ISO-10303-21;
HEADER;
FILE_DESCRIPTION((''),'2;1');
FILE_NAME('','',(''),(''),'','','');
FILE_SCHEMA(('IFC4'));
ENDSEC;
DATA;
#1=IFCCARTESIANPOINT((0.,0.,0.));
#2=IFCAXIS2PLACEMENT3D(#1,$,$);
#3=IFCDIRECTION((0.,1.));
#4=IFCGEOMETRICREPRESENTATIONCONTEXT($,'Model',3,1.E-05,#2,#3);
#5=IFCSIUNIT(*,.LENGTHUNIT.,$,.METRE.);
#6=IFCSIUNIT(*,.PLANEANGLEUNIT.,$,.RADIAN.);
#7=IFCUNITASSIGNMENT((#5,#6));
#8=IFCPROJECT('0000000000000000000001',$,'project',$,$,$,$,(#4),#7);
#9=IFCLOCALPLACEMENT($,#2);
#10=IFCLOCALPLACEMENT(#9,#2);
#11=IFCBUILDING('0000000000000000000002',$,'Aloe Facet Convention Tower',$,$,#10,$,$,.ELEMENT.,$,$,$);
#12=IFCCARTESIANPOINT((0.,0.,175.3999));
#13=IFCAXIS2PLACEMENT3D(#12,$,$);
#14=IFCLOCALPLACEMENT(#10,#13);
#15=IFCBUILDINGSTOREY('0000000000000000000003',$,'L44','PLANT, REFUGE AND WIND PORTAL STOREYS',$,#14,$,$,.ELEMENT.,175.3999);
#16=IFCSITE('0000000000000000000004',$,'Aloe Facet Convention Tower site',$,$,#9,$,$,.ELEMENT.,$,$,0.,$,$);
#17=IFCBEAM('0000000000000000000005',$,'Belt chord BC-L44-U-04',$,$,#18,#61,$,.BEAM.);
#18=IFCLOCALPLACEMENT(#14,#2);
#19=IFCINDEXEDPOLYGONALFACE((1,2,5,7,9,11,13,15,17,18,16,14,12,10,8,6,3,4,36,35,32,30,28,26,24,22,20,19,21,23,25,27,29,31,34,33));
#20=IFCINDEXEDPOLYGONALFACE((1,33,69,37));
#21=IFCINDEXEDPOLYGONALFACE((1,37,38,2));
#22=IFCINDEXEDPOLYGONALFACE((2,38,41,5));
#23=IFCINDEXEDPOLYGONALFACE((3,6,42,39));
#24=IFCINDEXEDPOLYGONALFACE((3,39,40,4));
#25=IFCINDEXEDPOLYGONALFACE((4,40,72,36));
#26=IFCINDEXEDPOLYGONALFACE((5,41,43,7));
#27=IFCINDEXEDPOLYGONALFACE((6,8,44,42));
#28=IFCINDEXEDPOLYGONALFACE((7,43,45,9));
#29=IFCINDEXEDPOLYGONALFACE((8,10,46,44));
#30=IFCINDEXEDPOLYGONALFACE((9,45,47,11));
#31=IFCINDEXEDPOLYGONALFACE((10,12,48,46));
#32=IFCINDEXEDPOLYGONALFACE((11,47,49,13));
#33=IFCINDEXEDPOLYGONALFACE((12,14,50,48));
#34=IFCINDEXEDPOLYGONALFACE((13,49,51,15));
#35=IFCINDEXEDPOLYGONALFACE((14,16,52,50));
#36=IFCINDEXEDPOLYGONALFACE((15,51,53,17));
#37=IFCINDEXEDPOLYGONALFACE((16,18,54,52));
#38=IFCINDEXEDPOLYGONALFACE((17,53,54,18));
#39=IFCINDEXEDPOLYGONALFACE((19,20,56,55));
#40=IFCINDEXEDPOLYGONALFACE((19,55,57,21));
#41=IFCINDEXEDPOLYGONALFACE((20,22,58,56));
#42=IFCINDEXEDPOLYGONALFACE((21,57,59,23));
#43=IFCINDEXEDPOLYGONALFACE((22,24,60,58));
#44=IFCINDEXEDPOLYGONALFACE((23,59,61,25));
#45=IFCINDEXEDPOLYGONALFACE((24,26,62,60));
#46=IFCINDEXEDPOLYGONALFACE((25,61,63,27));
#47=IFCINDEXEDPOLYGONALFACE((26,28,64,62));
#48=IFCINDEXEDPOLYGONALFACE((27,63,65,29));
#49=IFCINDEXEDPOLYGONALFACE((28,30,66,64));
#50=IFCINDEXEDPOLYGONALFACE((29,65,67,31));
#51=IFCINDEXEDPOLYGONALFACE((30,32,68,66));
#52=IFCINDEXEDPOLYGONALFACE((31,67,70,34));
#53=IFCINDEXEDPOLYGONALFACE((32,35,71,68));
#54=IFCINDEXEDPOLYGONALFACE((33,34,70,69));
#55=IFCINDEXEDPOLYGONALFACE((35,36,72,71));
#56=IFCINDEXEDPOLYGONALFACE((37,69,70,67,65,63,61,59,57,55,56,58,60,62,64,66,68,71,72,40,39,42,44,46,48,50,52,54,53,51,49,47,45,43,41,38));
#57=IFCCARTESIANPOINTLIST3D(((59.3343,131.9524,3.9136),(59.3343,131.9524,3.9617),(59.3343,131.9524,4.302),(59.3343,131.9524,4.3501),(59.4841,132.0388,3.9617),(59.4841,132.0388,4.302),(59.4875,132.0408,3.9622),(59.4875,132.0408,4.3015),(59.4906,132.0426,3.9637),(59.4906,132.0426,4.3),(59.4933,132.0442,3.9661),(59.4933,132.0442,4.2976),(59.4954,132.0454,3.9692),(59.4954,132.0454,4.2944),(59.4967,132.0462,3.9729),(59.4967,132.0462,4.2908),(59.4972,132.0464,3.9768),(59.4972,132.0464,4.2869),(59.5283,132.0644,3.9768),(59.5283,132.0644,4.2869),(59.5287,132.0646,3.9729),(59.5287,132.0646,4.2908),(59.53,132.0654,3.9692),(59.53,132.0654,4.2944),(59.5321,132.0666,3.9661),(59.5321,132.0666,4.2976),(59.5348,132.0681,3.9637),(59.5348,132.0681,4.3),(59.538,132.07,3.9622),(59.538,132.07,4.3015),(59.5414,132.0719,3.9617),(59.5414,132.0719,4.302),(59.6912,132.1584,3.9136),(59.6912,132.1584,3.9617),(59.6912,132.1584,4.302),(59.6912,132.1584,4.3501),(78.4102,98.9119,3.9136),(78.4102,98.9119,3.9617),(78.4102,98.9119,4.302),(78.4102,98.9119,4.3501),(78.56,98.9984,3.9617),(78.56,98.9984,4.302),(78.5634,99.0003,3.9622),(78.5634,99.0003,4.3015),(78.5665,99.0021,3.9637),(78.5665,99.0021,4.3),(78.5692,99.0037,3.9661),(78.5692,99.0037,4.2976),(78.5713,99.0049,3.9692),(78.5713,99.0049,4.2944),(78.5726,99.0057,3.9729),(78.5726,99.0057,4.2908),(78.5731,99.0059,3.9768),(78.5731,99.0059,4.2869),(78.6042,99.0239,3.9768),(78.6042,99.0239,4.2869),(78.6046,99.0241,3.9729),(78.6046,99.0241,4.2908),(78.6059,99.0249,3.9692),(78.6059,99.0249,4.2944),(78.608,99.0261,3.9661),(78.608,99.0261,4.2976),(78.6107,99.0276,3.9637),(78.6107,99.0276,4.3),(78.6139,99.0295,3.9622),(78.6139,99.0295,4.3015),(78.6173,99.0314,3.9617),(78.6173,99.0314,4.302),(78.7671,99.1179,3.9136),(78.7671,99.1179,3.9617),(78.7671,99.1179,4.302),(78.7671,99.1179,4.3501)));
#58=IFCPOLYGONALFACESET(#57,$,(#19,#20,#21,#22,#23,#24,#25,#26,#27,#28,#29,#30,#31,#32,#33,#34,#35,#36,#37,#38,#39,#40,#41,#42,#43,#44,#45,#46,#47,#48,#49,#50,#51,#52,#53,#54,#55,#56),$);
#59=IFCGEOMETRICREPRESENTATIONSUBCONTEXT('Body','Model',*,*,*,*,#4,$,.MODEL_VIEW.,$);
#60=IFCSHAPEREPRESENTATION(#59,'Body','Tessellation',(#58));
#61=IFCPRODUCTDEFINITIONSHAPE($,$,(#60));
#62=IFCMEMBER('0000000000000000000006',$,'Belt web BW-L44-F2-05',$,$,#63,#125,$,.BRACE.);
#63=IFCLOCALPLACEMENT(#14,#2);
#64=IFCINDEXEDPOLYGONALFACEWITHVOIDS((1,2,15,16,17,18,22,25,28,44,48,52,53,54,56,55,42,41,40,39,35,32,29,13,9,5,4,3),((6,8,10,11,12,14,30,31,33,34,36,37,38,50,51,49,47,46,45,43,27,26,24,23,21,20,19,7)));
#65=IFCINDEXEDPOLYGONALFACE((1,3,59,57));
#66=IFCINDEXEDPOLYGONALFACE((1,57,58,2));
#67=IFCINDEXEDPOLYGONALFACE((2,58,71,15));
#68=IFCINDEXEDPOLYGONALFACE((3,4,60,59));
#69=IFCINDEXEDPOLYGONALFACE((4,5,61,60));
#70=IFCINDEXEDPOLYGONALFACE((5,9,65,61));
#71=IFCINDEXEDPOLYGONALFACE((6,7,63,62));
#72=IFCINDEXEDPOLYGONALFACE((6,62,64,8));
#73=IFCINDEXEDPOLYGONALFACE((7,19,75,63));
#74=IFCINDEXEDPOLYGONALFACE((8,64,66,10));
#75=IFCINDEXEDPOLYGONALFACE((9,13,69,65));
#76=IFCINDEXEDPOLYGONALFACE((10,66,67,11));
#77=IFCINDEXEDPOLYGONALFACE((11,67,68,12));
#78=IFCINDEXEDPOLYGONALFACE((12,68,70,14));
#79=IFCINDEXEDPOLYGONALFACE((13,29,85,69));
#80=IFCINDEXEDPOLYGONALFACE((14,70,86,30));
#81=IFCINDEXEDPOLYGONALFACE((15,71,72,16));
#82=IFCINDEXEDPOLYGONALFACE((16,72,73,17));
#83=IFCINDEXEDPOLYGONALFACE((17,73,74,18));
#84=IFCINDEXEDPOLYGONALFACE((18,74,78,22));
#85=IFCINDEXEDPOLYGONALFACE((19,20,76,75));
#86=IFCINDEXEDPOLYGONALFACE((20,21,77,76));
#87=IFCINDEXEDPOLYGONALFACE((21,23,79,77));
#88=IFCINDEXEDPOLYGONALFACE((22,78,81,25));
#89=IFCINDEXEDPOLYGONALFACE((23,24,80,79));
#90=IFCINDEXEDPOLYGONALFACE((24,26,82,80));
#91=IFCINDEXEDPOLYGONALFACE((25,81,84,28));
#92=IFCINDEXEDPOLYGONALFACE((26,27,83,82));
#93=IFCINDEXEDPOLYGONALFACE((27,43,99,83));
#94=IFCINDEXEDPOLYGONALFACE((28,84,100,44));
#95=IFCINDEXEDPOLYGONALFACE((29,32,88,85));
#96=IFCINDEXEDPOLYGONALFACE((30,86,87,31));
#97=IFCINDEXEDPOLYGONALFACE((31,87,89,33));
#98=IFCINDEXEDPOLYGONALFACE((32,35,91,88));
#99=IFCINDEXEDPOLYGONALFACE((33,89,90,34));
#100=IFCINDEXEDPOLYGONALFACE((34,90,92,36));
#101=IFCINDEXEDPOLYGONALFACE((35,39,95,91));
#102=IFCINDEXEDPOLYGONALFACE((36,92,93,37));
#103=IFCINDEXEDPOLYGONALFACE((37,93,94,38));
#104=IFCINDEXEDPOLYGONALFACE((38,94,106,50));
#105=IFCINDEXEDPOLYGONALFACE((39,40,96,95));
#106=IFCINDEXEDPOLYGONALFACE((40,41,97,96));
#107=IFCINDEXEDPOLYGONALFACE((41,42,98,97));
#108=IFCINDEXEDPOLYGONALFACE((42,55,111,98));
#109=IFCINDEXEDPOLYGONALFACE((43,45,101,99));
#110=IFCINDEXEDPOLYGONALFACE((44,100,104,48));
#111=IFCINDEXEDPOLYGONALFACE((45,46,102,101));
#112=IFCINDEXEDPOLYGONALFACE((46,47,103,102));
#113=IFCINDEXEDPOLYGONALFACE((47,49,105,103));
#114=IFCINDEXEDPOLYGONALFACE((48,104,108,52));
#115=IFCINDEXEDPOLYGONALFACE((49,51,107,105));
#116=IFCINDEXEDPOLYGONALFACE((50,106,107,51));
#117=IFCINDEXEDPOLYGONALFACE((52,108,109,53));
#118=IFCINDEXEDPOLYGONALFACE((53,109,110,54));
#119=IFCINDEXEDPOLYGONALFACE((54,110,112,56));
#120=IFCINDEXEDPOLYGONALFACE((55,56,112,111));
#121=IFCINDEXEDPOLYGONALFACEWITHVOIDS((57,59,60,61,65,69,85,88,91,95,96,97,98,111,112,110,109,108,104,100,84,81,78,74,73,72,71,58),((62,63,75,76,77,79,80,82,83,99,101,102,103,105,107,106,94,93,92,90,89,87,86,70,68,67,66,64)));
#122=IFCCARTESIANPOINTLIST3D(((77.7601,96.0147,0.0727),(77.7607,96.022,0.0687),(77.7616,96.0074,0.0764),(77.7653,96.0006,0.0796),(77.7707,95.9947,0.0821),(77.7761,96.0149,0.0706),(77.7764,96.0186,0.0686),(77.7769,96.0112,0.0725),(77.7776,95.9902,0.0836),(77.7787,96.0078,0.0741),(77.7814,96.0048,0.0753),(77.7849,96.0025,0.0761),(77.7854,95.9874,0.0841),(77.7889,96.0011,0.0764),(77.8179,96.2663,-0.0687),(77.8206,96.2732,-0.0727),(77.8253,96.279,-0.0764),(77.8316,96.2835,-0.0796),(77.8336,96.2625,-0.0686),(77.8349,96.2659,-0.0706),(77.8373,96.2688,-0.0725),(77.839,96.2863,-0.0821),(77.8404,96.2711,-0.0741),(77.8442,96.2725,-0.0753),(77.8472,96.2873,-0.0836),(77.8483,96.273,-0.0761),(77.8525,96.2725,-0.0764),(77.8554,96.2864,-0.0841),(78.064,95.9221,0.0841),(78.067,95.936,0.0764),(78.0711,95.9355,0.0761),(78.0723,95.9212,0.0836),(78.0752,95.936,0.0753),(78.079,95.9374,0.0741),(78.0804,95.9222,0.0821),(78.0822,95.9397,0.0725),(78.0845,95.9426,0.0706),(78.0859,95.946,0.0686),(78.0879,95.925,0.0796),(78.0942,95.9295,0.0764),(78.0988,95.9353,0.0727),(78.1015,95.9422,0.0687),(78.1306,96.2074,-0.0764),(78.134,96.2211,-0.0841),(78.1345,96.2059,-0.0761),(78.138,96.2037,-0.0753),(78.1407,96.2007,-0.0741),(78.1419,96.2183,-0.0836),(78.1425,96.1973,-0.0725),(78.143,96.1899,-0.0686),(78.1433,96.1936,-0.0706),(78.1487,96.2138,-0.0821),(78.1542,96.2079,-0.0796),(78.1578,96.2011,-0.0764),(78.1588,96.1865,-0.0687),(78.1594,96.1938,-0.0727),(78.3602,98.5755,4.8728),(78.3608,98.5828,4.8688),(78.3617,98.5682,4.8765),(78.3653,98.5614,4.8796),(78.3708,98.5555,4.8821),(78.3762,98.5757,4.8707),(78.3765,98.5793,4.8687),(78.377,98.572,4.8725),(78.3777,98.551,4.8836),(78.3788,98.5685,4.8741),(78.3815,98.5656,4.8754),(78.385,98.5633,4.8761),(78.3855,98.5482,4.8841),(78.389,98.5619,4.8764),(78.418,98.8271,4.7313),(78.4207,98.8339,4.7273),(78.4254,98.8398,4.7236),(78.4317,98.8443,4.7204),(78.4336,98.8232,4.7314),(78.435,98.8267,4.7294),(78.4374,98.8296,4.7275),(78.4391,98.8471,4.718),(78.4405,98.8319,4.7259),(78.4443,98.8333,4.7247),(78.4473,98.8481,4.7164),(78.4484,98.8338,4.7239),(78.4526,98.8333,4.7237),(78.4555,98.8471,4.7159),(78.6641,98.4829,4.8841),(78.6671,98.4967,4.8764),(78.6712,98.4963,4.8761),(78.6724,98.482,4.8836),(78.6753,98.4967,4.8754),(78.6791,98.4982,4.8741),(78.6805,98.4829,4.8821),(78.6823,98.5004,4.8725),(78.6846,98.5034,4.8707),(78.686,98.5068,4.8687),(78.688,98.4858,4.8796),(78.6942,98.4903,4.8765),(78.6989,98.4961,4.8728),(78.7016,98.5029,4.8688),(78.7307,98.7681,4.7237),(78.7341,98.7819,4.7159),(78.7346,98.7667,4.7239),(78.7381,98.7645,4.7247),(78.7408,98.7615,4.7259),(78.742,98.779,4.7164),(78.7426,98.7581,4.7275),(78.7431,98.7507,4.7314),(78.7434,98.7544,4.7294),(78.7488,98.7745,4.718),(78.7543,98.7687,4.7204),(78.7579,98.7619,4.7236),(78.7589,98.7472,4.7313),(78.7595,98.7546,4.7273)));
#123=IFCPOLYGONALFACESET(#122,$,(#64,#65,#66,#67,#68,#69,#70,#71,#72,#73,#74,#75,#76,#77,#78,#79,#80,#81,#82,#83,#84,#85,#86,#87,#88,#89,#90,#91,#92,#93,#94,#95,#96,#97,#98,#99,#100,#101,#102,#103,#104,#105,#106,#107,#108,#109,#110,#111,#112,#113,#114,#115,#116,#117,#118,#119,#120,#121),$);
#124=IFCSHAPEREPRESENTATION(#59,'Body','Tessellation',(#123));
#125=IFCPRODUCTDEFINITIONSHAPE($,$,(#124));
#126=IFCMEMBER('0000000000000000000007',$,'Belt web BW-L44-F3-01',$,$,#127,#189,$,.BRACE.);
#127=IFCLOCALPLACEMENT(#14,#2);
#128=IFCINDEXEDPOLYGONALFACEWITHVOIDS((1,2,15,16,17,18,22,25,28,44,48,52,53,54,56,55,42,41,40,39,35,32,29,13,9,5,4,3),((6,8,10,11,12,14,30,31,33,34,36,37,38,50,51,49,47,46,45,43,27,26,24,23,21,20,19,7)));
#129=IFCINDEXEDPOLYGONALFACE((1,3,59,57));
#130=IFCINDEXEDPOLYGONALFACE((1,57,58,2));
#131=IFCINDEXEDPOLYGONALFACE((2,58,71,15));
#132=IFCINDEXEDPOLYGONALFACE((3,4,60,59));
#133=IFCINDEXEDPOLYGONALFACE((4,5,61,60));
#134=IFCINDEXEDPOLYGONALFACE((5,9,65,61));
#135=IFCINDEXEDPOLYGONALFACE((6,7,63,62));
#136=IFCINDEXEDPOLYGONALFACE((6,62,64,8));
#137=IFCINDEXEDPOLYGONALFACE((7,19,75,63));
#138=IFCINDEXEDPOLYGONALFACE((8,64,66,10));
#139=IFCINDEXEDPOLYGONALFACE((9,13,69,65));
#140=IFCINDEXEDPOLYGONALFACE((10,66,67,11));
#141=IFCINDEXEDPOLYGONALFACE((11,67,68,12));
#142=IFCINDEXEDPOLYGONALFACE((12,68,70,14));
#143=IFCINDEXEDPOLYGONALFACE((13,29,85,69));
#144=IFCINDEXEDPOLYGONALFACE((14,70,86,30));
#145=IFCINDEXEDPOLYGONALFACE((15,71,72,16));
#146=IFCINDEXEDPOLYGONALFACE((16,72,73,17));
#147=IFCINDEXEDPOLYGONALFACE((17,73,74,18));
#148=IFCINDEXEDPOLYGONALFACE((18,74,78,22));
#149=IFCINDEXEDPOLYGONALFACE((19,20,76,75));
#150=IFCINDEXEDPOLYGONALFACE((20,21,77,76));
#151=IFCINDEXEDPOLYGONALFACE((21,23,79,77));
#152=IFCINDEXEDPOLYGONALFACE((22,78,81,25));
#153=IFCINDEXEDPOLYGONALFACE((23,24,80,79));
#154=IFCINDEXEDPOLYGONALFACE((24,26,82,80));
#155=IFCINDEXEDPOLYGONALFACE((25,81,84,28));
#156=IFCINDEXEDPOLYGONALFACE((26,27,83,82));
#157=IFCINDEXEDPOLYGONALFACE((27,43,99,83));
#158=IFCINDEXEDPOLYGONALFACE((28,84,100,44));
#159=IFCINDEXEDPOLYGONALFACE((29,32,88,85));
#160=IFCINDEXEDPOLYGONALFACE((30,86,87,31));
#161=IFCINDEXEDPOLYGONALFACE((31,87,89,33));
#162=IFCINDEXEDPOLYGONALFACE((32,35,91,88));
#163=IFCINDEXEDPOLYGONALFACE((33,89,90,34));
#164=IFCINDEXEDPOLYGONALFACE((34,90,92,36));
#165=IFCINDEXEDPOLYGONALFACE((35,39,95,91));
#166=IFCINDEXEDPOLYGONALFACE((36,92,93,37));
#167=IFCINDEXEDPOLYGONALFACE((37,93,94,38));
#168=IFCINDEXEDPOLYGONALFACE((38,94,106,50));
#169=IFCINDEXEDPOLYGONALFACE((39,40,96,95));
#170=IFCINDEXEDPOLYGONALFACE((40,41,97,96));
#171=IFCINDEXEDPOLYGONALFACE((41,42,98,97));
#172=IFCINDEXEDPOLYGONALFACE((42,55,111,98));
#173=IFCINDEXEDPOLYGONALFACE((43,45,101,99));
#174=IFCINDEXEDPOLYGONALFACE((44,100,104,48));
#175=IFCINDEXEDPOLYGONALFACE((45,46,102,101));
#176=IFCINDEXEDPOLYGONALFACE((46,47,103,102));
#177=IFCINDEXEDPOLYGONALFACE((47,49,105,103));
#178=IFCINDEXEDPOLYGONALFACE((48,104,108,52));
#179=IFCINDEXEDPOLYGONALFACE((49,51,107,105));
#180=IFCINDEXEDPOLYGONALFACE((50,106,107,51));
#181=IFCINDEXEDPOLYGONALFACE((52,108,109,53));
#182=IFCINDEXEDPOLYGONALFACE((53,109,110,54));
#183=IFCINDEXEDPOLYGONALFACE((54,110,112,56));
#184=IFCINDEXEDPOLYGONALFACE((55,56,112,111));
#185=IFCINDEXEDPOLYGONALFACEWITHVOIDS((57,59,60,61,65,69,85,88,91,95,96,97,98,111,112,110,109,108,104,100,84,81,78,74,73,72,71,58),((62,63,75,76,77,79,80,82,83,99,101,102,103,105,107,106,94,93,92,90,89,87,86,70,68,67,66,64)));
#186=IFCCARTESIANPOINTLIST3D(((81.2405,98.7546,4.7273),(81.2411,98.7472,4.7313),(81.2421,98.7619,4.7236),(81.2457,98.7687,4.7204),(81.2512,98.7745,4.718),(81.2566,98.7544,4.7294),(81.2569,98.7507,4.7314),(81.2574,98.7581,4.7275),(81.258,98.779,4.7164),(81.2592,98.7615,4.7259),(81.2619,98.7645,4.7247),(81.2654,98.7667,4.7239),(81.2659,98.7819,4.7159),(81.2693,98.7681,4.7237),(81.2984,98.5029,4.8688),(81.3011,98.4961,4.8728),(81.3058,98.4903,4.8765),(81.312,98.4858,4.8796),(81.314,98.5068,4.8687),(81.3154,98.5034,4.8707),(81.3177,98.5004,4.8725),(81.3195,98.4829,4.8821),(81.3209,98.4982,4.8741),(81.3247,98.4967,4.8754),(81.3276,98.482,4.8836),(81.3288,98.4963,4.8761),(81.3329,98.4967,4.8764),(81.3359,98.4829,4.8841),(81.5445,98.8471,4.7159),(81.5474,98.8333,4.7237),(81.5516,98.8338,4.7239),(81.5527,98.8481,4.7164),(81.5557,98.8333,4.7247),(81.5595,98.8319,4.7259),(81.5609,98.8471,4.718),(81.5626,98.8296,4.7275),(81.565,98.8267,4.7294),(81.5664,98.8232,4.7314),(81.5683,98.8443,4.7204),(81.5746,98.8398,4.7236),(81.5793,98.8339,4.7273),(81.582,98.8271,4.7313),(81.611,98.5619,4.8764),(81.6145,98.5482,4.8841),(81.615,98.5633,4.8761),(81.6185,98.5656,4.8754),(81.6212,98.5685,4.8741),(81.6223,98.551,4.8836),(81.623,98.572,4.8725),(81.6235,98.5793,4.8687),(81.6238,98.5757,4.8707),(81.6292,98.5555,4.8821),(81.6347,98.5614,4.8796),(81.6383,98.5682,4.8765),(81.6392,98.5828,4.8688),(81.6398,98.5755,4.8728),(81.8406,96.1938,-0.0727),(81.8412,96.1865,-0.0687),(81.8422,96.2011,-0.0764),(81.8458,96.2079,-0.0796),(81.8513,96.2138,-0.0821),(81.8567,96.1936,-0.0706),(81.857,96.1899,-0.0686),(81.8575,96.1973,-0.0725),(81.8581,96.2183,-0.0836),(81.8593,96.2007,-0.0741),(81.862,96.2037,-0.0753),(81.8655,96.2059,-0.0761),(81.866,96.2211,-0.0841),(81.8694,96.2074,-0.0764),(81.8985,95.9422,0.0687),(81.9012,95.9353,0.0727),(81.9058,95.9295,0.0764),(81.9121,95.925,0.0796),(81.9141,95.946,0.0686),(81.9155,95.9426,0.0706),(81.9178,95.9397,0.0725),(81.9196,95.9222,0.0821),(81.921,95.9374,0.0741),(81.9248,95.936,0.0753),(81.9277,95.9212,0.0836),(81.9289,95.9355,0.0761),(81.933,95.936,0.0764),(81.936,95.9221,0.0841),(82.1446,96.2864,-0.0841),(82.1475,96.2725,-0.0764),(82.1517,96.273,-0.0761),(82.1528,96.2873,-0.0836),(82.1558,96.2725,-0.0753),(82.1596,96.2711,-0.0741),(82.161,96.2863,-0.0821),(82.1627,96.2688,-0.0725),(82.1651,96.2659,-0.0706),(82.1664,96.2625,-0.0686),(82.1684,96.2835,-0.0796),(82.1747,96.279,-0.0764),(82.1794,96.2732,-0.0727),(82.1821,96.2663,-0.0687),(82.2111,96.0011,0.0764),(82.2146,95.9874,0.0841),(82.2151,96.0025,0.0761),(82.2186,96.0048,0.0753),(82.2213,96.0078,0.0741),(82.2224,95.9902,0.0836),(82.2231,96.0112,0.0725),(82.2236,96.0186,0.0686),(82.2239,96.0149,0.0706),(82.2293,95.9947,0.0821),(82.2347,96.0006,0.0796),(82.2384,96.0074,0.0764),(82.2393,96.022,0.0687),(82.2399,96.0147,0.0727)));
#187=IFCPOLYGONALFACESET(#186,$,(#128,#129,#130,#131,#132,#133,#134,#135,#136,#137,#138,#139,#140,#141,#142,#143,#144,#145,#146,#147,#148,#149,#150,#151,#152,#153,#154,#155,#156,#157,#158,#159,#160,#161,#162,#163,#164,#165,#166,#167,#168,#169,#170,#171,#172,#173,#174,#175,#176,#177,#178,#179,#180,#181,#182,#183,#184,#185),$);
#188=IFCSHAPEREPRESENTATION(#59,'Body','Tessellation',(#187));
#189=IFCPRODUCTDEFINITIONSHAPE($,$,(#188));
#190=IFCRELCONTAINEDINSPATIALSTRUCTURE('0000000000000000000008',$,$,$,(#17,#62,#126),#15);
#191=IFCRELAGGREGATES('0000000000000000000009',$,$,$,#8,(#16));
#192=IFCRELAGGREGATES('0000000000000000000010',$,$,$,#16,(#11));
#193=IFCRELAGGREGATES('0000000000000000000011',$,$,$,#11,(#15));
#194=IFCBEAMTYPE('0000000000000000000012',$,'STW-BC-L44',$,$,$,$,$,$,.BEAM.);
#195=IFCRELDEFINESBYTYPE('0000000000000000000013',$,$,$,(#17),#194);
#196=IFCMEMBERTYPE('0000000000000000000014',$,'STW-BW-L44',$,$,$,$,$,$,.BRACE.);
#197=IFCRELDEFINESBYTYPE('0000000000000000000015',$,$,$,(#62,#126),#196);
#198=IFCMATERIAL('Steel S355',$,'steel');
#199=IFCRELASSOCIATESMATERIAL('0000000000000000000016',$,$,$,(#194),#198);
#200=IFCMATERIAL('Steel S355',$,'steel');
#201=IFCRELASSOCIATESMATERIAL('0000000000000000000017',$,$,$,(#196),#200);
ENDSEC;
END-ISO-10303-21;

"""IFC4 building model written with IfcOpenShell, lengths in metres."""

from ifc_helpers import new_model, si_unit, direction, frame, origin, origin_2d, place, context, subcontext, project, spatial, hollow_rectangle, i_section, extrude, material, material_profile, profile_set, type_object, element, save


model = new_model("IFC4")

# Units and contexts
model_context = context("Model", 3, precision=1e-05, world=origin(), true_north=direction((0.0, 1.0)))
body_context = subcontext(model_context, "Body", "Model", "MODEL_VIEW")
ifc_project = project(units=[si_unit("LENGTHUNIT", "METRE"), si_unit("PLANEANGLEUNIT", "RADIAN")], contexts=[model_context])

# Site, building, storey
site_placement = place(None, origin())
site = spatial("IfcSite", under=ifc_project, at=site_placement, Name="Aloe Facet Convention Tower site", CompositionType="ELEMENT", RefElevation=0.0)
building_placement = place(site_placement, origin())
building = spatial("IfcBuilding", under=site, at=building_placement, Name="Aloe Facet Convention Tower", CompositionType="ELEMENT")
storey_placement = place(building_placement, frame((0.0, 0.0, 175.3999)))
storey = spatial("IfcBuildingStorey", under=building, at=storey_placement, Name="L44", Description="PLANT, REFUGE AND WIND PORTAL STOREYS", CompositionType="ELEMENT", Elevation=175.3999)

# Beam
ifc_material_1 = material(Name="Steel S355", Category="steel")
ifc_material_profile_1 = material_profile(ifc_material_1, i_section(OverallWidth=0.4121, OverallDepth=0.4365, WebThickness=0.0359, FlangeThickness=0.0481, FilletRadius=0.0151, at=origin_2d()), Name="UC 356x406x467")
ifc_profile_set_1 = profile_set([ifc_material_profile_1], Name="Steel S355")
beam_type_1 = type_object("IfcBeamType", Name="STW-BC-L44", PredefinedType="BEAM", material=ifc_profile_set_1)
beam_1_placement = place(storey_placement, frame((78.5886, 99.0149, 4.1318), z_axis=(-0.499999, 0.866026, 0.0), x_axis=(-0.866026, -0.499999, 0.0)))
element("IfcBeam", 1, at=beam_1_placement, inside=storey, type_object=beam_type_1, Name="Belt chord BC-L44-U-04", PredefinedType="BEAM", context=body_context, shape_type="SweptSolid", body=[
    extrude(i_section(OverallWidth=0.4121, OverallDepth=0.4365, WebThickness=0.0359, FlangeThickness=0.0481, FilletRadius=0.0151, at=origin_2d()), origin(), (0.0, 0.0, 1.0), 38.1519),
])

# Members
ifc_material_2 = material(Name="Steel S355", Category="steel")
ifc_material_profile_2 = material_profile(ifc_material_2, hollow_rectangle(XDim=0.3501, YDim=0.3501, WallThickness=0.0161, InnerFilletRadius=0.0161, OuterFilletRadius=0.032, at=origin_2d()), Name="SHS 350x350x16")
ifc_profile_set_2 = profile_set([ifc_material_profile_2], Name="Steel S355")
member_type_1 = type_object("IfcMemberType", Name="STW-BW-L44", PredefinedType="BRACE", material=ifc_profile_set_2)
for number, where, z_axis, x_axis, name in (
    (2, (77.9597, 96.1042, 0.0), (0.109639, 0.46786, 0.876976), (-0.973624, 0.22816, 0.0), "Belt web BW-L44-F2-05"),
    (3, (82.0403, 96.1042, 0.0), (-0.109639, 0.46786, 0.876976), (-0.973624, -0.22816, 0.0), "Belt web BW-L44-F3-01"),
):
    element("IfcMember", number, at=place(storey_placement, frame(where, z_axis=z_axis, x_axis=x_axis)), inside=storey, type_object=member_type_1, Name=name, PredefinedType="BRACE", context=body_context, shape_type="SweptSolid", body=[
        extrude(hollow_rectangle(XDim=0.3501, YDim=0.3501, WallThickness=0.0161, InnerFilletRadius=0.0161, OuterFilletRadius=0.032, at=origin_2d()), origin(), (0.0, 0.0, 1.0), 5.4734),
    ])

save(model, "model.ifc")
